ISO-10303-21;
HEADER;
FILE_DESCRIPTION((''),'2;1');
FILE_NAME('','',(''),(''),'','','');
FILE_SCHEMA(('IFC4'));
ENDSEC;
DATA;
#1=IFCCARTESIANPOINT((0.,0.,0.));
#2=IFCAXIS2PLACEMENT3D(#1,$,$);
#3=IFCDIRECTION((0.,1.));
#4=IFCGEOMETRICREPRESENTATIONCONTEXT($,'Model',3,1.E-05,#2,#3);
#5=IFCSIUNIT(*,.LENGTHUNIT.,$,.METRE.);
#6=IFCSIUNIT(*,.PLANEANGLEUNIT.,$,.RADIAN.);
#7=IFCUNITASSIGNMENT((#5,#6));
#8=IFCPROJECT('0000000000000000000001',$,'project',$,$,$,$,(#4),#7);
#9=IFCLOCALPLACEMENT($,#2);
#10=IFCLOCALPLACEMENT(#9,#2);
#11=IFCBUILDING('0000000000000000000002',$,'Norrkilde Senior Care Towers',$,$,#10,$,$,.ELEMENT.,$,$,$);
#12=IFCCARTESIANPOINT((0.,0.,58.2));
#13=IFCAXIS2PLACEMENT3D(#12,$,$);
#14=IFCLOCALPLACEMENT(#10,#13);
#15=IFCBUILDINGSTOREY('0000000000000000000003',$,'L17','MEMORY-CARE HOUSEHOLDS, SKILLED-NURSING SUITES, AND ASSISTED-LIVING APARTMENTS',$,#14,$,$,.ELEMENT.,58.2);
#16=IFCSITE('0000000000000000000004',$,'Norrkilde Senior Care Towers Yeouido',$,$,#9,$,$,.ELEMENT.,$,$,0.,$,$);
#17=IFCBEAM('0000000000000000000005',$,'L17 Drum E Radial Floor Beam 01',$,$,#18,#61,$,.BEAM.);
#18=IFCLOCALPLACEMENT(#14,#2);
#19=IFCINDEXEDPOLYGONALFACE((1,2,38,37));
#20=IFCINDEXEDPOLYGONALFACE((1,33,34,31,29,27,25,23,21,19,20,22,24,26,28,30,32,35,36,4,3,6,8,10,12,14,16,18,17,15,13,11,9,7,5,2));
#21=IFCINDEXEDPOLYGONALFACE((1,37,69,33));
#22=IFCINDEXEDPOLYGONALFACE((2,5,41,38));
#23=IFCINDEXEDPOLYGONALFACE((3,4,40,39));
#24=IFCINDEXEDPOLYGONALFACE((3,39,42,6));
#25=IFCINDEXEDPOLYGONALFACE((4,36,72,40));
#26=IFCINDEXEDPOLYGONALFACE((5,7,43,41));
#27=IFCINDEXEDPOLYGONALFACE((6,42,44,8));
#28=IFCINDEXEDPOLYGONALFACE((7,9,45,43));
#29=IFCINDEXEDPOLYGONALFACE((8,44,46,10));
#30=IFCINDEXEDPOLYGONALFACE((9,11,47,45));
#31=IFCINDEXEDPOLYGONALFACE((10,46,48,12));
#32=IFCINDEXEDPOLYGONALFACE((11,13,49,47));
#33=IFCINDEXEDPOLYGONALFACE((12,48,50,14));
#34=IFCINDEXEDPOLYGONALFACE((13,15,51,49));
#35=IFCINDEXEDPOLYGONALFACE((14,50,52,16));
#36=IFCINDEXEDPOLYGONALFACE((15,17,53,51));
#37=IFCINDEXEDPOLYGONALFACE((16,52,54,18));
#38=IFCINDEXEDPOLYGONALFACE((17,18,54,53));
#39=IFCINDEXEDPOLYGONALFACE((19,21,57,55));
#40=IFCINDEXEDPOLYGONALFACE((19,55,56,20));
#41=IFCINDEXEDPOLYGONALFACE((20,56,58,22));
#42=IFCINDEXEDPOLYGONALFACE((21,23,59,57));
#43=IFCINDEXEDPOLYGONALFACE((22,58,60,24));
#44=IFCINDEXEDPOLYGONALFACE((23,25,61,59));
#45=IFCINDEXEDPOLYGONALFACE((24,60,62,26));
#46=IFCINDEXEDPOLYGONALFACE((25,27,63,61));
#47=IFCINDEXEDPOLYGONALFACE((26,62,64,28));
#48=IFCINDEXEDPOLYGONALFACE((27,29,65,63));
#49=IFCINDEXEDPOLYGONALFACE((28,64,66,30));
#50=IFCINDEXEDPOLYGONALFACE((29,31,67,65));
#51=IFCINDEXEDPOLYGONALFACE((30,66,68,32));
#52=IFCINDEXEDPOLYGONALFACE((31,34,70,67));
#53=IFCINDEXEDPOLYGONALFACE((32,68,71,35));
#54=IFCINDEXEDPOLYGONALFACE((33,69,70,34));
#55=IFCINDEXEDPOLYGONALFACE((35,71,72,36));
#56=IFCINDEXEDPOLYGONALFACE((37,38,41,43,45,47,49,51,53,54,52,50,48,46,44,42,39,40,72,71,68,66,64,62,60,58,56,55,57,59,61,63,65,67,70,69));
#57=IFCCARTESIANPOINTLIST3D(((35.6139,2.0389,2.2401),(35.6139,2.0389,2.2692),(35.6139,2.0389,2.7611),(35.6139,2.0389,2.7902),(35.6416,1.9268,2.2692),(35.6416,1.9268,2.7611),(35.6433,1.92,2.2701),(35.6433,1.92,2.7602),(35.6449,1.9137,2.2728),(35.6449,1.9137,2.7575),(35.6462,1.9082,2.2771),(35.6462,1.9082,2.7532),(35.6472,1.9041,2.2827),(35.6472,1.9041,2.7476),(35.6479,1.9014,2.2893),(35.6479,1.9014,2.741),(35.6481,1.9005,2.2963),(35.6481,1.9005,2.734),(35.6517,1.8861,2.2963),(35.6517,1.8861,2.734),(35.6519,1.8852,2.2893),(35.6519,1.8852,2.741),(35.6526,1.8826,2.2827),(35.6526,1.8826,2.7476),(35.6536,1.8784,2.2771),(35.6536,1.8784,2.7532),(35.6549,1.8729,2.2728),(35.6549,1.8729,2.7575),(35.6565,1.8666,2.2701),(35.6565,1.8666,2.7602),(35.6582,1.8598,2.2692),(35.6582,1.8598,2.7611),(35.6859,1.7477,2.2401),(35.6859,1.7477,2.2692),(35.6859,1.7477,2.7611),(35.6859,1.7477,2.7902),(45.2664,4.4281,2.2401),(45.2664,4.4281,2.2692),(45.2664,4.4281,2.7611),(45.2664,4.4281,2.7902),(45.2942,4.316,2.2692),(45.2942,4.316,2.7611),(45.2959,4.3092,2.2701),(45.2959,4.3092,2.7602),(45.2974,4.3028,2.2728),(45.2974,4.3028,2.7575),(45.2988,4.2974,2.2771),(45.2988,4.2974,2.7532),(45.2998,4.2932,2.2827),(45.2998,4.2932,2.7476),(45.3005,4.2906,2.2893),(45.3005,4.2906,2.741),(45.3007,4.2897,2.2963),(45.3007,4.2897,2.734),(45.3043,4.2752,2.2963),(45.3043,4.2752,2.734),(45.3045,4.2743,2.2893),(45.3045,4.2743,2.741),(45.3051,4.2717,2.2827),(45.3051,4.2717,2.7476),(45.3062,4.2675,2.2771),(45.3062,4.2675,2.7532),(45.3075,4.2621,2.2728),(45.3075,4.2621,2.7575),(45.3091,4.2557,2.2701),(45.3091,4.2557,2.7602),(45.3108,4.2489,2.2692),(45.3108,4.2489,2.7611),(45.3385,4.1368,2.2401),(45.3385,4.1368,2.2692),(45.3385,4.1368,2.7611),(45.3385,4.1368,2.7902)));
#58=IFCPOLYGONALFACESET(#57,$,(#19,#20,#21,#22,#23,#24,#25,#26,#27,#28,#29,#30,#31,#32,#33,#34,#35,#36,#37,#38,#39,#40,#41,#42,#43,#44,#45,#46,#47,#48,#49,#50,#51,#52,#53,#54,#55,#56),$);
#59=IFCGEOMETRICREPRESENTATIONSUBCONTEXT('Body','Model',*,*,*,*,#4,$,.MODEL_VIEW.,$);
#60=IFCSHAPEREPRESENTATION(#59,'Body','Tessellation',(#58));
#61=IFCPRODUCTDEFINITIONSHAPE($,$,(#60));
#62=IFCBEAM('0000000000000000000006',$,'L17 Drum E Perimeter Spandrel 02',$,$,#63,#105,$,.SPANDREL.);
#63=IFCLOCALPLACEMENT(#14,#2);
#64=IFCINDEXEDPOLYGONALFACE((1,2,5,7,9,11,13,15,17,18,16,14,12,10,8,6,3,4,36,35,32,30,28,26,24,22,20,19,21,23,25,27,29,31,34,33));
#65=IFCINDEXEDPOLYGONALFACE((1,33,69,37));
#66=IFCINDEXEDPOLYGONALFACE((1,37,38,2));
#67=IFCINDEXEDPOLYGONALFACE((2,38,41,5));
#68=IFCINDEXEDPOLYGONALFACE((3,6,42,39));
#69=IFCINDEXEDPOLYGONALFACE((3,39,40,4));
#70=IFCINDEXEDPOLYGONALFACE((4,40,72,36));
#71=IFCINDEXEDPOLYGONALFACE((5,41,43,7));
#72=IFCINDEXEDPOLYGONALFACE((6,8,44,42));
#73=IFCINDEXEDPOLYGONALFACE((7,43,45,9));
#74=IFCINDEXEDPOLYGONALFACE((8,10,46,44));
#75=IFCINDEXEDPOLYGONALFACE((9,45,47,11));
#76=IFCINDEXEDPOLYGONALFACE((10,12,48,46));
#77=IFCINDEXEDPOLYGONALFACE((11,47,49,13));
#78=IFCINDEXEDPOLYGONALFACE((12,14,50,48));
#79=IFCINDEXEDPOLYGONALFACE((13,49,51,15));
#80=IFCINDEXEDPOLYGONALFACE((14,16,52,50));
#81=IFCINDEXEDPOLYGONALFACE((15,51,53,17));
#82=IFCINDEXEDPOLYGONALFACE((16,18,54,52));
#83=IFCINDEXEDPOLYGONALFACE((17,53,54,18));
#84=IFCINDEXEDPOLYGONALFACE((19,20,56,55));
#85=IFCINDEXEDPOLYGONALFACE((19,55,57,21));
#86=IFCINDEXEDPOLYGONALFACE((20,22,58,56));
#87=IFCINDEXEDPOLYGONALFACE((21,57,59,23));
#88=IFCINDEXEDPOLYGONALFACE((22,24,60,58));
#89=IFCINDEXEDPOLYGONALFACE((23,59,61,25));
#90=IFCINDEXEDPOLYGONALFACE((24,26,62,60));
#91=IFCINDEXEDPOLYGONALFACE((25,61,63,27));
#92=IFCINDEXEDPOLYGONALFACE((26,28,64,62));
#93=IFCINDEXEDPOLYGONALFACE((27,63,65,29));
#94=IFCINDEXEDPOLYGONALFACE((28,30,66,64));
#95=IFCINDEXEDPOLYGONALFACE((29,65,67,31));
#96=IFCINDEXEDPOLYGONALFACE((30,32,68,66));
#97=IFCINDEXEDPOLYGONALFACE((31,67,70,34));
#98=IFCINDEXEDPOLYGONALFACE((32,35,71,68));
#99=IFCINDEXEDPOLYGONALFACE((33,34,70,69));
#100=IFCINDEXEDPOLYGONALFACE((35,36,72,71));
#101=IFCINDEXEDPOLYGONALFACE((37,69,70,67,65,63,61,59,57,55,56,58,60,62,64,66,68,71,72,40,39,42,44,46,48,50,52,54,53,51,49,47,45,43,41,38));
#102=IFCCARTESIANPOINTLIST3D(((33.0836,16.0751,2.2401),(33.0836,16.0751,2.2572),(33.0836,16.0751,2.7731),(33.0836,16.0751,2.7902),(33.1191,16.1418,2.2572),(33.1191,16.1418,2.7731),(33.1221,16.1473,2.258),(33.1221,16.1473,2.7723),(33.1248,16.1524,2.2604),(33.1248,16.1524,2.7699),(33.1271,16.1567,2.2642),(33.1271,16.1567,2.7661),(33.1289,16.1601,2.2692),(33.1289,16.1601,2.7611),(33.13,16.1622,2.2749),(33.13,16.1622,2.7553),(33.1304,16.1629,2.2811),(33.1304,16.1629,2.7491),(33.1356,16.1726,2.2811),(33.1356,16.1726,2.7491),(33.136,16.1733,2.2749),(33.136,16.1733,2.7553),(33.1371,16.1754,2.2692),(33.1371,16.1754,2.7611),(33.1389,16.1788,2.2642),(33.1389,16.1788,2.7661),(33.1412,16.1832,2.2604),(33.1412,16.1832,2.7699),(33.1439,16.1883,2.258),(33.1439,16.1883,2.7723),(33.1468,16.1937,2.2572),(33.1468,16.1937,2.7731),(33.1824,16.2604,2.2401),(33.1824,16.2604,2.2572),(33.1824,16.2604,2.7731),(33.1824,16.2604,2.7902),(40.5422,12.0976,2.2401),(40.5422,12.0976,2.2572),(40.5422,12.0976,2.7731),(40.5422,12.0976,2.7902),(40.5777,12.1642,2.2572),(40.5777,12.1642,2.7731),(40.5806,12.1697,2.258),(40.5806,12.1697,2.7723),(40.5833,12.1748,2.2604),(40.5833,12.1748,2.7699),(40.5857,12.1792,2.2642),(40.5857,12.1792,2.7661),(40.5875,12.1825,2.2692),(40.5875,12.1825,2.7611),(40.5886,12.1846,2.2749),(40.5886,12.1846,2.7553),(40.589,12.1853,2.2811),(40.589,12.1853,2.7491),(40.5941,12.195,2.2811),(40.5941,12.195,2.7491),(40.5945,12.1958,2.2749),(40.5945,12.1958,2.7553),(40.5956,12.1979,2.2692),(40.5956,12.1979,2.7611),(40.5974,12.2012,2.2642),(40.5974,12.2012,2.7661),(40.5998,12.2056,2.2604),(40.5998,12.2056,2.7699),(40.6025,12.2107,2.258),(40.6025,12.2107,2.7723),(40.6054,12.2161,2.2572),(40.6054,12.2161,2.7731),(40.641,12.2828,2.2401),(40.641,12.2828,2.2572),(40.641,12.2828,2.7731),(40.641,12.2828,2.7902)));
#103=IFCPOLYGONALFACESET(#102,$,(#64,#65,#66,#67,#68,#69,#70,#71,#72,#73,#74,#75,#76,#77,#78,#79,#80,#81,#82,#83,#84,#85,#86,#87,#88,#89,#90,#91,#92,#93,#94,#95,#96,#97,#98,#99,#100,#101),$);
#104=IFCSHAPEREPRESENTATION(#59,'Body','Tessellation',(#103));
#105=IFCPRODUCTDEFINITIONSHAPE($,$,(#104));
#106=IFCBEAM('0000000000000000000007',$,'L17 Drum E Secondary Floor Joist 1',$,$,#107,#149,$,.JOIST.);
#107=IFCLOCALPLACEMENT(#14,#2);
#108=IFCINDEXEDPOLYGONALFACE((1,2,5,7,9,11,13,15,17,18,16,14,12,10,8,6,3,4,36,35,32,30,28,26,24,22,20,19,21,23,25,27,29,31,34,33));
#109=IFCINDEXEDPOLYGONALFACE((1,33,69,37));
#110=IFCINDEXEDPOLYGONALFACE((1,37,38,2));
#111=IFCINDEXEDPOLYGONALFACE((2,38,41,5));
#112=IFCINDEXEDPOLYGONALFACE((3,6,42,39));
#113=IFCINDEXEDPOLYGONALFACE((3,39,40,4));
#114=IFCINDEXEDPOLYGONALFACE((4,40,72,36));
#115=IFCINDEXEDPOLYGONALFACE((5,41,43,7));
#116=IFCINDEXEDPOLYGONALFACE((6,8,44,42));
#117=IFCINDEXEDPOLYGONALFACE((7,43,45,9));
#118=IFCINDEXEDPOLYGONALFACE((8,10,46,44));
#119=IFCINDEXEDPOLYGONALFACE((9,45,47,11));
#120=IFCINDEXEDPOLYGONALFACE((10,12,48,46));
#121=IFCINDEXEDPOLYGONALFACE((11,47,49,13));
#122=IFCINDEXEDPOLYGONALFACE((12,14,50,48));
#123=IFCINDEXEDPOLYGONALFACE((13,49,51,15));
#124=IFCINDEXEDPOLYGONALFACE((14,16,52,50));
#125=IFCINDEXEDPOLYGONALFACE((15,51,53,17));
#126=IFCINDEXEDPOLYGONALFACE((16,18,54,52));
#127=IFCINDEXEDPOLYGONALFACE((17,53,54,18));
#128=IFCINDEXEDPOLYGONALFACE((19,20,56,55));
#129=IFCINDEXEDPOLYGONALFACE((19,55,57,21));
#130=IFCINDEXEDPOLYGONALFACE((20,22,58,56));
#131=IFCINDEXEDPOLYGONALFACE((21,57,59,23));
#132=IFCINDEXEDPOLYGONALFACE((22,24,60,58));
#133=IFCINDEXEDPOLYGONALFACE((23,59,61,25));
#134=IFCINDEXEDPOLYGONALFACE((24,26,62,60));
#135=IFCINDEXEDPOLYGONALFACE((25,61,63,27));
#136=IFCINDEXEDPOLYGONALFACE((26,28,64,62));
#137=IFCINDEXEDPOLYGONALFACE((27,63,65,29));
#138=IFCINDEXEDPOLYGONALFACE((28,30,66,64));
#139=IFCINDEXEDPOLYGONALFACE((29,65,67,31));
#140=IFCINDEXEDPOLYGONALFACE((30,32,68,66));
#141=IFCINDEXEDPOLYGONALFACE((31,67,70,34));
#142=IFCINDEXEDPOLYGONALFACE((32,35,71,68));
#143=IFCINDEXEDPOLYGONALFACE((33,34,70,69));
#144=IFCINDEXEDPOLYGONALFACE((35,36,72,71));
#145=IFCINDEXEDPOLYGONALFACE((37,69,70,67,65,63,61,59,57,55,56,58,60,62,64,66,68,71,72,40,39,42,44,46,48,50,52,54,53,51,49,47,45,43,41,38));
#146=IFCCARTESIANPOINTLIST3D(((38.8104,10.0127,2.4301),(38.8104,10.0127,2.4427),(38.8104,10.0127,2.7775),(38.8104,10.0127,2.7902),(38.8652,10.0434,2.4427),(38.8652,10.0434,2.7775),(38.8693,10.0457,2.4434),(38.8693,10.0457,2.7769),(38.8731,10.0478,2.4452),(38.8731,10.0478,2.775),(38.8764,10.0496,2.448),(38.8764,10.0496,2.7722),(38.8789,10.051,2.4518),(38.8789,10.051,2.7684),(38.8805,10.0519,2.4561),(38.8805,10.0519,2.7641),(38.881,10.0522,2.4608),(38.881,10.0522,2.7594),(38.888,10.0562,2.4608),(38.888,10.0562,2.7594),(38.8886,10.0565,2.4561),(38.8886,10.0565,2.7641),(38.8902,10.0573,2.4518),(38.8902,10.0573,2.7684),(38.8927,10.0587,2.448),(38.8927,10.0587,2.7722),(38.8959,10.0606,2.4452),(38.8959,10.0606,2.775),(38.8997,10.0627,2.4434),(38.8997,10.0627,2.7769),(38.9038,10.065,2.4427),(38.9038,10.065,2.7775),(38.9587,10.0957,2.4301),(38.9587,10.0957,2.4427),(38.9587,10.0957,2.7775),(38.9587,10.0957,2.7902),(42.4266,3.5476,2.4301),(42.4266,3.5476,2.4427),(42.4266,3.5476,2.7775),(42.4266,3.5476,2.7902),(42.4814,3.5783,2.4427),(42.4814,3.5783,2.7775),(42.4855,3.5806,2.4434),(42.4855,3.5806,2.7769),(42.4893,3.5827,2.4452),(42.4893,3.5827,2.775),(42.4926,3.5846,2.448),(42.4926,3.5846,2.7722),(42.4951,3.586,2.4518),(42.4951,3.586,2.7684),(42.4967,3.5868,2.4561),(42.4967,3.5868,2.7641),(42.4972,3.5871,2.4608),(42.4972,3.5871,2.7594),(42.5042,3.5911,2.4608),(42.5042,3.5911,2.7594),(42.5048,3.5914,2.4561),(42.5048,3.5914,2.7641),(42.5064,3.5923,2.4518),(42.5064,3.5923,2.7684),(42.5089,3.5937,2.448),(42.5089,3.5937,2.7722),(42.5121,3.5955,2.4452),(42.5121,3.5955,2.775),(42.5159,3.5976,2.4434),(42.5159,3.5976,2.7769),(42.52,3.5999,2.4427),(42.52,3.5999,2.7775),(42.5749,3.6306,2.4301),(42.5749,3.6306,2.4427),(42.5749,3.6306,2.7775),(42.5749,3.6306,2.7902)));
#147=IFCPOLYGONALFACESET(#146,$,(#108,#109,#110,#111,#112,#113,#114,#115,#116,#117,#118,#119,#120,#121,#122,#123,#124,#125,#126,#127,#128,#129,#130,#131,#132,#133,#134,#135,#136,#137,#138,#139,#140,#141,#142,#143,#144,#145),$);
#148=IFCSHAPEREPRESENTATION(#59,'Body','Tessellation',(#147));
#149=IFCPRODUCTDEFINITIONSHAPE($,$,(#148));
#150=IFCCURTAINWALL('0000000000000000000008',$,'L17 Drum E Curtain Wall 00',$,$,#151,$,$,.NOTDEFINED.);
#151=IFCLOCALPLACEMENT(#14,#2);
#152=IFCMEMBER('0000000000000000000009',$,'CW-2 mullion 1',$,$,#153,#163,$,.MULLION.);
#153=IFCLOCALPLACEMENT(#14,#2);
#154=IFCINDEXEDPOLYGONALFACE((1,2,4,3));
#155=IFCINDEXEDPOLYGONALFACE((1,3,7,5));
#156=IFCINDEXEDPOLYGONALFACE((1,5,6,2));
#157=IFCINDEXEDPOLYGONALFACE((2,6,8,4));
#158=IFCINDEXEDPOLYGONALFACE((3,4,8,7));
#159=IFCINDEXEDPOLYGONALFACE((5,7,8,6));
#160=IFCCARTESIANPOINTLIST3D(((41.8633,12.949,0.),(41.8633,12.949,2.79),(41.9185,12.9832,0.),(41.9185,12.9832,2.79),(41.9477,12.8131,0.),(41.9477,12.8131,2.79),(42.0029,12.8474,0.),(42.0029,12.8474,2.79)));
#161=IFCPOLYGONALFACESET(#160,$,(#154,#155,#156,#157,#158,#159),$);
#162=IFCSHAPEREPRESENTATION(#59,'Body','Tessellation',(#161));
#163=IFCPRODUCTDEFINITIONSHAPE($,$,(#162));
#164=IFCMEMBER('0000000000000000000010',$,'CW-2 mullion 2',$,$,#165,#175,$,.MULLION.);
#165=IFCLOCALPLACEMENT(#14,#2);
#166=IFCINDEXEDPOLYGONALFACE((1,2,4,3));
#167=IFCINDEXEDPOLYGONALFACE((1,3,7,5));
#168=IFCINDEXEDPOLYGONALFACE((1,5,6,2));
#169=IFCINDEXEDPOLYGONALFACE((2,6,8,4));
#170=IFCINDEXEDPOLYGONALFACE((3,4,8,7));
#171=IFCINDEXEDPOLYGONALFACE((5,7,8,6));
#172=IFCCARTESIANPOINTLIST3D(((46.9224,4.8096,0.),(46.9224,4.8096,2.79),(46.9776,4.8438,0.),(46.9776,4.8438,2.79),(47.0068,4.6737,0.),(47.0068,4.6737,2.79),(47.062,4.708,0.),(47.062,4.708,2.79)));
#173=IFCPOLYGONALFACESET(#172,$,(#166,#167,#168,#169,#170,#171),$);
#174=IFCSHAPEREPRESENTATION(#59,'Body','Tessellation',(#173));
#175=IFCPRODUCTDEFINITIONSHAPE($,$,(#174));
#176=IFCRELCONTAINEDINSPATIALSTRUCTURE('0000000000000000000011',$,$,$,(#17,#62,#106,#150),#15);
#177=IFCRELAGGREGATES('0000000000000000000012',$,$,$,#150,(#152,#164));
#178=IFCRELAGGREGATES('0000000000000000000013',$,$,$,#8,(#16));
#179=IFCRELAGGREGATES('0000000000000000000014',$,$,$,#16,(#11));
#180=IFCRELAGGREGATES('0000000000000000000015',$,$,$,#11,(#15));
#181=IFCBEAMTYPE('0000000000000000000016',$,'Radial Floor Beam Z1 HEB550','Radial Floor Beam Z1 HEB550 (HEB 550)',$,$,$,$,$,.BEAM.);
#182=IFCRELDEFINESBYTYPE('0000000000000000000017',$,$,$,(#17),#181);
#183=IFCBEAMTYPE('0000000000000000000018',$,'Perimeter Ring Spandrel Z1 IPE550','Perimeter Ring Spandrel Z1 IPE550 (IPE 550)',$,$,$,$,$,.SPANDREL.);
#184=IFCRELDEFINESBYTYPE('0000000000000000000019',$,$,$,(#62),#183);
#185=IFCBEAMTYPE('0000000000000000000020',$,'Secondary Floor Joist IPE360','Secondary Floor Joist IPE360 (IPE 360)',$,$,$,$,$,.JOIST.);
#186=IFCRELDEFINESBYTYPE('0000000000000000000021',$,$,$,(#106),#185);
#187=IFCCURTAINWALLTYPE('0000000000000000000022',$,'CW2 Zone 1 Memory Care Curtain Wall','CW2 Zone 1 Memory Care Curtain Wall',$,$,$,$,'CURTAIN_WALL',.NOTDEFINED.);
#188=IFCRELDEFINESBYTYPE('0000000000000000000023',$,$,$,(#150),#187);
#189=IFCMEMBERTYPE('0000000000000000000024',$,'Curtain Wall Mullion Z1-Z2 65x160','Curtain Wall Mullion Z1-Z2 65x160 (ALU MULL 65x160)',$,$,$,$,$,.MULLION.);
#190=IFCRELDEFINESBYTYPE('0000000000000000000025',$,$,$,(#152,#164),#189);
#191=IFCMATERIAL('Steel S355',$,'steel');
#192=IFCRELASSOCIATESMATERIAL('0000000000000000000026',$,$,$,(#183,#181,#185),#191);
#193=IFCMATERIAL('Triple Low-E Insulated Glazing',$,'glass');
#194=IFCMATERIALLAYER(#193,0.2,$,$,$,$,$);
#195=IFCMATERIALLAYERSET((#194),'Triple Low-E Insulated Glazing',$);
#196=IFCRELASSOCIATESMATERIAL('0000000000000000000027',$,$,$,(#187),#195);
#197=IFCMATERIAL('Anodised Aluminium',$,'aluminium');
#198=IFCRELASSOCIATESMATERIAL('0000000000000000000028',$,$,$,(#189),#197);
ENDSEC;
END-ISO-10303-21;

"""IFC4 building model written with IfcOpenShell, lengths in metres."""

from ifc_helpers import new_model, si_unit, direction, frame, origin, origin_2d, place, context, subcontext, project, spatial, rectangle, i_section, extrude, source, transform, mapped, material, layer, layer_set, material_profile, profile_set, type_object, type_shapes, element, aggregate, save


model = new_model("IFC4")

# Units and contexts
model_context = context("Model", 3, precision=1e-05, world=origin(), true_north=direction((0.0, 1.0)))
body_context = subcontext(model_context, "Body", "Model", "MODEL_VIEW")
ifc_project = project(units=[si_unit("LENGTHUNIT", "METRE"), si_unit("PLANEANGLEUNIT", "RADIAN")], contexts=[model_context])

# Site, building, storey
site_placement = place(None, origin())
site = spatial("IfcSite", under=ifc_project, at=site_placement, Name="Norrkilde Senior Care Towers Yeouido", CompositionType="ELEMENT", RefElevation=0.0)
building_placement = place(site_placement, origin())
building = spatial("IfcBuilding", under=site, at=building_placement, Name="Norrkilde Senior Care Towers", CompositionType="ELEMENT")
storey_placement = place(building_placement, frame((0.0, 0.0, 58.2)))
storey = spatial("IfcBuildingStorey", under=building, at=storey_placement, Name="L17", Description="MEMORY-CARE HOUSEHOLDS, SKILLED-NURSING SUITES, AND ASSISTED-LIVING APARTMENTS", CompositionType="ELEMENT", Elevation=58.2)

# Beams
ifc_material_1 = material(Name="Steel S355", Category="steel")
ifc_material_profile_1 = material_profile(ifc_material_1, i_section(OverallWidth=0.21, OverallDepth=0.55, WebThickness=0.011, FlangeThickness=0.0171, FilletRadius=0.0239, at=origin_2d()), Name="IPE 550")
ifc_profile_set_1 = profile_set([ifc_material_profile_1], Name="Steel S355")
beam_type_1 = type_object("IfcBeamType", Name="Perimeter Ring Spandrel Z1 IPE550", Description="Perimeter Ring Spandrel Z1 IPE550 (IPE 550)", PredefinedType="SPANDREL", material=ifc_profile_set_1)
ifc_material_profile_2 = material_profile(ifc_material_1, i_section(OverallWidth=0.3, OverallDepth=0.55, WebThickness=0.0149, FlangeThickness=0.0291, FilletRadius=0.0271, at=origin_2d()), Name="HEB 550")
ifc_profile_set_2 = profile_set([ifc_material_profile_2], Name="Steel S355")
beam_type_2 = type_object("IfcBeamType", Name="Radial Floor Beam Z1 HEB550", Description="Radial Floor Beam Z1 HEB550 (HEB 550)", PredefinedType="BEAM", material=ifc_profile_set_2)
shared_shape_1 = source(origin(), body_context, "Body", "SweptSolid", [
    extrude(i_section(OverallWidth=0.3, OverallDepth=0.55, WebThickness=0.0149, FlangeThickness=0.0291, FilletRadius=0.0271, at=origin_2d()), origin(), (0.0, 0.0, 1.0), 9.9438),
])
type_shapes(beam_type_2, [shared_shape_1])
beam_1_placement = place(storey_placement, frame((35.6499, 1.8933, 2.5151), z_axis=(0.970707, 0.240265, 0.0), x_axis=(-0.240265, 0.970707, 0.0)))
element("IfcBeam", 1, at=beam_1_placement, inside=storey, type_object=beam_type_2, Name="L17 Drum E Radial Floor Beam 01", PredefinedType="BEAM", context=body_context, shape_type="MappedRepresentation", body=[
    mapped(shared_shape_1, transform((0.0, 0.0, 0.0), x_axis=(1.0, 0.0, 0.0), y_axis=(0.0, 1.0, 0.0), z_axis=(0.0, 0.0, 1.0), scale=1.0)),
])
shared_shape_2 = source(origin(), body_context, "Body", "SweptSolid", [
    extrude(i_section(OverallWidth=0.21, OverallDepth=0.55, WebThickness=0.011, FlangeThickness=0.0171, FilletRadius=0.0239, at=origin_2d()), origin(), (0.0, 0.0, 1.0), 8.4529),
])
beam_2_placement = place(storey_placement, frame((40.5916, 12.1902, 2.5151), z_axis=(-0.882369, 0.470558, 0.0), x_axis=(-0.470558, -0.882369, 0.0)))
element("IfcBeam", 2, at=beam_2_placement, inside=storey, type_object=beam_type_1, Name="L17 Drum E Perimeter Spandrel 02", PredefinedType="SPANDREL", context=body_context, shape_type="MappedRepresentation", body=[
    mapped(shared_shape_2, transform((0.0, 0.0, 0.0), x_axis=(1.0, 0.0, 0.0), y_axis=(0.0, 1.0, 0.0), z_axis=(0.0, 0.0, 1.0), scale=1.0)),
])
ifc_material_profile_3 = material_profile(ifc_material_1, i_section(OverallWidth=0.1699, OverallDepth=0.3601, WebThickness=0.0081, FlangeThickness=0.0127, FilletRadius=0.0181, at=origin_2d()), Name="IPE 360")
ifc_profile_set_3 = profile_set([ifc_material_profile_3], Name="Steel S355")
beam_type_3 = type_object("IfcBeamType", Name="Secondary Floor Joist IPE360", Description="Secondary Floor Joist IPE360 (IPE 360)", PredefinedType="JOIST", material=ifc_profile_set_3)
shared_shape_3 = source(origin(), body_context, "Body", "SweptSolid", [
    extrude(i_section(OverallWidth=0.1699, OverallDepth=0.3601, WebThickness=0.0081, FlangeThickness=0.0127, FilletRadius=0.0181, at=origin_2d()), origin(), (0.0, 0.0, 1.0), 7.4077),
])
type_shapes(beam_type_3, [shared_shape_3])
beam_3_placement = place(storey_placement, frame((42.5007, 3.5891, 2.6101), z_axis=(-0.488168, 0.87275, 0.0), x_axis=(-0.87275, -0.488168, 0.0)))
element("IfcBeam", 3, at=beam_3_placement, inside=storey, type_object=beam_type_3, Name="L17 Drum E Secondary Floor Joist 1", PredefinedType="JOIST", context=body_context, shape_type="MappedRepresentation", body=[
    mapped(shared_shape_3, transform((0.0, 0.0, 0.0), x_axis=(1.0, 0.0, 0.0), y_axis=(0.0, 1.0, 0.0), z_axis=(0.0, 0.0, 1.0), scale=1.0)),
])

# Curtain wall, members
ifc_material_2 = material(Name="Triple Low-E Insulated Glazing", Category="glass")
ifc_layer_1 = layer(ifc_material_2, 0.2)
ifc_layer_set_1 = layer_set([ifc_layer_1], Name="Triple Low-E Insulated Glazing")
curtain_wall_type = type_object("IfcCurtainWallType", Name="CW2 Zone 1 Memory Care Curtain Wall", Description="CW2 Zone 1 Memory Care Curtain Wall", ElementType="CURTAIN_WALL", PredefinedType="NOTDEFINED", material=ifc_layer_set_1)
curtain_wall_1_placement = place(storey_placement, origin())
curtain_wall_1 = element("IfcCurtainWall", 4, at=curtain_wall_1_placement, inside=storey, type_object=curtain_wall_type, Name="L17 Drum E Curtain Wall 00", PredefinedType="NOTDEFINED")
ifc_material_3 = material(Name="Anodised Aluminium", Category="aluminium")
ifc_material_profile_4 = material_profile(ifc_material_3, rectangle(XDim=0.0649, YDim=0.1599, at=origin_2d()), Name="ALU MULL 65x160")
ifc_profile_set_4 = profile_set([ifc_material_profile_4], Name="Anodised Aluminium")
member_type_1 = type_object("IfcMemberType", Name="Curtain Wall Mullion Z1-Z2 65x160", Description="Curtain Wall Mullion Z1-Z2 65x160 (ALU MULL 65x160)", PredefinedType="MULLION", material=ifc_profile_set_4)
shared_shape_4 = source(origin(), body_context, "Body", "SweptSolid", [
    extrude(rectangle(XDim=0.0649, YDim=0.1599, at=origin_2d()), origin(), (0.0, 0.0, 1.0), 2.79),
])
type_shapes(member_type_1, [shared_shape_4])
member_1_placement = place(storey_placement, frame((41.9331, 12.8982, 0.0), z_axis=(0.0, 0.0, 1.0), x_axis=(0.849306, 0.527901, 0.0)))
member_1 = element("IfcMember", 5, at=member_1_placement, type_object=member_type_1, Name="CW-2 mullion 1", PredefinedType="MULLION", context=body_context, shape_type="MappedRepresentation", body=[
    mapped(shared_shape_4, transform((0.0, 0.0, 0.0), x_axis=(1.0, 0.0, 0.0), y_axis=(0.0, 1.0, 0.0), z_axis=(0.0, 0.0, 1.0), scale=1.0)),
])
member_2_placement = place(storey_placement, frame((46.9922, 4.7588, 0.0), z_axis=(0.0, 0.0, 1.0), x_axis=(0.849306, 0.527901, 0.0)))
member_2 = element("IfcMember", 6, at=member_2_placement, type_object=member_type_1, Name="CW-2 mullion 2", PredefinedType="MULLION", context=body_context, shape_type="MappedRepresentation", body=[
    mapped(shared_shape_4, transform((0.0, 0.0, 0.0), x_axis=(1.0, 0.0, 0.0), y_axis=(0.0, 1.0, 0.0), z_axis=(0.0, 0.0, 1.0), scale=1.0)),
])

aggregate(curtain_wall_1, [member_1, member_2])

save(model, "model.ifc")
